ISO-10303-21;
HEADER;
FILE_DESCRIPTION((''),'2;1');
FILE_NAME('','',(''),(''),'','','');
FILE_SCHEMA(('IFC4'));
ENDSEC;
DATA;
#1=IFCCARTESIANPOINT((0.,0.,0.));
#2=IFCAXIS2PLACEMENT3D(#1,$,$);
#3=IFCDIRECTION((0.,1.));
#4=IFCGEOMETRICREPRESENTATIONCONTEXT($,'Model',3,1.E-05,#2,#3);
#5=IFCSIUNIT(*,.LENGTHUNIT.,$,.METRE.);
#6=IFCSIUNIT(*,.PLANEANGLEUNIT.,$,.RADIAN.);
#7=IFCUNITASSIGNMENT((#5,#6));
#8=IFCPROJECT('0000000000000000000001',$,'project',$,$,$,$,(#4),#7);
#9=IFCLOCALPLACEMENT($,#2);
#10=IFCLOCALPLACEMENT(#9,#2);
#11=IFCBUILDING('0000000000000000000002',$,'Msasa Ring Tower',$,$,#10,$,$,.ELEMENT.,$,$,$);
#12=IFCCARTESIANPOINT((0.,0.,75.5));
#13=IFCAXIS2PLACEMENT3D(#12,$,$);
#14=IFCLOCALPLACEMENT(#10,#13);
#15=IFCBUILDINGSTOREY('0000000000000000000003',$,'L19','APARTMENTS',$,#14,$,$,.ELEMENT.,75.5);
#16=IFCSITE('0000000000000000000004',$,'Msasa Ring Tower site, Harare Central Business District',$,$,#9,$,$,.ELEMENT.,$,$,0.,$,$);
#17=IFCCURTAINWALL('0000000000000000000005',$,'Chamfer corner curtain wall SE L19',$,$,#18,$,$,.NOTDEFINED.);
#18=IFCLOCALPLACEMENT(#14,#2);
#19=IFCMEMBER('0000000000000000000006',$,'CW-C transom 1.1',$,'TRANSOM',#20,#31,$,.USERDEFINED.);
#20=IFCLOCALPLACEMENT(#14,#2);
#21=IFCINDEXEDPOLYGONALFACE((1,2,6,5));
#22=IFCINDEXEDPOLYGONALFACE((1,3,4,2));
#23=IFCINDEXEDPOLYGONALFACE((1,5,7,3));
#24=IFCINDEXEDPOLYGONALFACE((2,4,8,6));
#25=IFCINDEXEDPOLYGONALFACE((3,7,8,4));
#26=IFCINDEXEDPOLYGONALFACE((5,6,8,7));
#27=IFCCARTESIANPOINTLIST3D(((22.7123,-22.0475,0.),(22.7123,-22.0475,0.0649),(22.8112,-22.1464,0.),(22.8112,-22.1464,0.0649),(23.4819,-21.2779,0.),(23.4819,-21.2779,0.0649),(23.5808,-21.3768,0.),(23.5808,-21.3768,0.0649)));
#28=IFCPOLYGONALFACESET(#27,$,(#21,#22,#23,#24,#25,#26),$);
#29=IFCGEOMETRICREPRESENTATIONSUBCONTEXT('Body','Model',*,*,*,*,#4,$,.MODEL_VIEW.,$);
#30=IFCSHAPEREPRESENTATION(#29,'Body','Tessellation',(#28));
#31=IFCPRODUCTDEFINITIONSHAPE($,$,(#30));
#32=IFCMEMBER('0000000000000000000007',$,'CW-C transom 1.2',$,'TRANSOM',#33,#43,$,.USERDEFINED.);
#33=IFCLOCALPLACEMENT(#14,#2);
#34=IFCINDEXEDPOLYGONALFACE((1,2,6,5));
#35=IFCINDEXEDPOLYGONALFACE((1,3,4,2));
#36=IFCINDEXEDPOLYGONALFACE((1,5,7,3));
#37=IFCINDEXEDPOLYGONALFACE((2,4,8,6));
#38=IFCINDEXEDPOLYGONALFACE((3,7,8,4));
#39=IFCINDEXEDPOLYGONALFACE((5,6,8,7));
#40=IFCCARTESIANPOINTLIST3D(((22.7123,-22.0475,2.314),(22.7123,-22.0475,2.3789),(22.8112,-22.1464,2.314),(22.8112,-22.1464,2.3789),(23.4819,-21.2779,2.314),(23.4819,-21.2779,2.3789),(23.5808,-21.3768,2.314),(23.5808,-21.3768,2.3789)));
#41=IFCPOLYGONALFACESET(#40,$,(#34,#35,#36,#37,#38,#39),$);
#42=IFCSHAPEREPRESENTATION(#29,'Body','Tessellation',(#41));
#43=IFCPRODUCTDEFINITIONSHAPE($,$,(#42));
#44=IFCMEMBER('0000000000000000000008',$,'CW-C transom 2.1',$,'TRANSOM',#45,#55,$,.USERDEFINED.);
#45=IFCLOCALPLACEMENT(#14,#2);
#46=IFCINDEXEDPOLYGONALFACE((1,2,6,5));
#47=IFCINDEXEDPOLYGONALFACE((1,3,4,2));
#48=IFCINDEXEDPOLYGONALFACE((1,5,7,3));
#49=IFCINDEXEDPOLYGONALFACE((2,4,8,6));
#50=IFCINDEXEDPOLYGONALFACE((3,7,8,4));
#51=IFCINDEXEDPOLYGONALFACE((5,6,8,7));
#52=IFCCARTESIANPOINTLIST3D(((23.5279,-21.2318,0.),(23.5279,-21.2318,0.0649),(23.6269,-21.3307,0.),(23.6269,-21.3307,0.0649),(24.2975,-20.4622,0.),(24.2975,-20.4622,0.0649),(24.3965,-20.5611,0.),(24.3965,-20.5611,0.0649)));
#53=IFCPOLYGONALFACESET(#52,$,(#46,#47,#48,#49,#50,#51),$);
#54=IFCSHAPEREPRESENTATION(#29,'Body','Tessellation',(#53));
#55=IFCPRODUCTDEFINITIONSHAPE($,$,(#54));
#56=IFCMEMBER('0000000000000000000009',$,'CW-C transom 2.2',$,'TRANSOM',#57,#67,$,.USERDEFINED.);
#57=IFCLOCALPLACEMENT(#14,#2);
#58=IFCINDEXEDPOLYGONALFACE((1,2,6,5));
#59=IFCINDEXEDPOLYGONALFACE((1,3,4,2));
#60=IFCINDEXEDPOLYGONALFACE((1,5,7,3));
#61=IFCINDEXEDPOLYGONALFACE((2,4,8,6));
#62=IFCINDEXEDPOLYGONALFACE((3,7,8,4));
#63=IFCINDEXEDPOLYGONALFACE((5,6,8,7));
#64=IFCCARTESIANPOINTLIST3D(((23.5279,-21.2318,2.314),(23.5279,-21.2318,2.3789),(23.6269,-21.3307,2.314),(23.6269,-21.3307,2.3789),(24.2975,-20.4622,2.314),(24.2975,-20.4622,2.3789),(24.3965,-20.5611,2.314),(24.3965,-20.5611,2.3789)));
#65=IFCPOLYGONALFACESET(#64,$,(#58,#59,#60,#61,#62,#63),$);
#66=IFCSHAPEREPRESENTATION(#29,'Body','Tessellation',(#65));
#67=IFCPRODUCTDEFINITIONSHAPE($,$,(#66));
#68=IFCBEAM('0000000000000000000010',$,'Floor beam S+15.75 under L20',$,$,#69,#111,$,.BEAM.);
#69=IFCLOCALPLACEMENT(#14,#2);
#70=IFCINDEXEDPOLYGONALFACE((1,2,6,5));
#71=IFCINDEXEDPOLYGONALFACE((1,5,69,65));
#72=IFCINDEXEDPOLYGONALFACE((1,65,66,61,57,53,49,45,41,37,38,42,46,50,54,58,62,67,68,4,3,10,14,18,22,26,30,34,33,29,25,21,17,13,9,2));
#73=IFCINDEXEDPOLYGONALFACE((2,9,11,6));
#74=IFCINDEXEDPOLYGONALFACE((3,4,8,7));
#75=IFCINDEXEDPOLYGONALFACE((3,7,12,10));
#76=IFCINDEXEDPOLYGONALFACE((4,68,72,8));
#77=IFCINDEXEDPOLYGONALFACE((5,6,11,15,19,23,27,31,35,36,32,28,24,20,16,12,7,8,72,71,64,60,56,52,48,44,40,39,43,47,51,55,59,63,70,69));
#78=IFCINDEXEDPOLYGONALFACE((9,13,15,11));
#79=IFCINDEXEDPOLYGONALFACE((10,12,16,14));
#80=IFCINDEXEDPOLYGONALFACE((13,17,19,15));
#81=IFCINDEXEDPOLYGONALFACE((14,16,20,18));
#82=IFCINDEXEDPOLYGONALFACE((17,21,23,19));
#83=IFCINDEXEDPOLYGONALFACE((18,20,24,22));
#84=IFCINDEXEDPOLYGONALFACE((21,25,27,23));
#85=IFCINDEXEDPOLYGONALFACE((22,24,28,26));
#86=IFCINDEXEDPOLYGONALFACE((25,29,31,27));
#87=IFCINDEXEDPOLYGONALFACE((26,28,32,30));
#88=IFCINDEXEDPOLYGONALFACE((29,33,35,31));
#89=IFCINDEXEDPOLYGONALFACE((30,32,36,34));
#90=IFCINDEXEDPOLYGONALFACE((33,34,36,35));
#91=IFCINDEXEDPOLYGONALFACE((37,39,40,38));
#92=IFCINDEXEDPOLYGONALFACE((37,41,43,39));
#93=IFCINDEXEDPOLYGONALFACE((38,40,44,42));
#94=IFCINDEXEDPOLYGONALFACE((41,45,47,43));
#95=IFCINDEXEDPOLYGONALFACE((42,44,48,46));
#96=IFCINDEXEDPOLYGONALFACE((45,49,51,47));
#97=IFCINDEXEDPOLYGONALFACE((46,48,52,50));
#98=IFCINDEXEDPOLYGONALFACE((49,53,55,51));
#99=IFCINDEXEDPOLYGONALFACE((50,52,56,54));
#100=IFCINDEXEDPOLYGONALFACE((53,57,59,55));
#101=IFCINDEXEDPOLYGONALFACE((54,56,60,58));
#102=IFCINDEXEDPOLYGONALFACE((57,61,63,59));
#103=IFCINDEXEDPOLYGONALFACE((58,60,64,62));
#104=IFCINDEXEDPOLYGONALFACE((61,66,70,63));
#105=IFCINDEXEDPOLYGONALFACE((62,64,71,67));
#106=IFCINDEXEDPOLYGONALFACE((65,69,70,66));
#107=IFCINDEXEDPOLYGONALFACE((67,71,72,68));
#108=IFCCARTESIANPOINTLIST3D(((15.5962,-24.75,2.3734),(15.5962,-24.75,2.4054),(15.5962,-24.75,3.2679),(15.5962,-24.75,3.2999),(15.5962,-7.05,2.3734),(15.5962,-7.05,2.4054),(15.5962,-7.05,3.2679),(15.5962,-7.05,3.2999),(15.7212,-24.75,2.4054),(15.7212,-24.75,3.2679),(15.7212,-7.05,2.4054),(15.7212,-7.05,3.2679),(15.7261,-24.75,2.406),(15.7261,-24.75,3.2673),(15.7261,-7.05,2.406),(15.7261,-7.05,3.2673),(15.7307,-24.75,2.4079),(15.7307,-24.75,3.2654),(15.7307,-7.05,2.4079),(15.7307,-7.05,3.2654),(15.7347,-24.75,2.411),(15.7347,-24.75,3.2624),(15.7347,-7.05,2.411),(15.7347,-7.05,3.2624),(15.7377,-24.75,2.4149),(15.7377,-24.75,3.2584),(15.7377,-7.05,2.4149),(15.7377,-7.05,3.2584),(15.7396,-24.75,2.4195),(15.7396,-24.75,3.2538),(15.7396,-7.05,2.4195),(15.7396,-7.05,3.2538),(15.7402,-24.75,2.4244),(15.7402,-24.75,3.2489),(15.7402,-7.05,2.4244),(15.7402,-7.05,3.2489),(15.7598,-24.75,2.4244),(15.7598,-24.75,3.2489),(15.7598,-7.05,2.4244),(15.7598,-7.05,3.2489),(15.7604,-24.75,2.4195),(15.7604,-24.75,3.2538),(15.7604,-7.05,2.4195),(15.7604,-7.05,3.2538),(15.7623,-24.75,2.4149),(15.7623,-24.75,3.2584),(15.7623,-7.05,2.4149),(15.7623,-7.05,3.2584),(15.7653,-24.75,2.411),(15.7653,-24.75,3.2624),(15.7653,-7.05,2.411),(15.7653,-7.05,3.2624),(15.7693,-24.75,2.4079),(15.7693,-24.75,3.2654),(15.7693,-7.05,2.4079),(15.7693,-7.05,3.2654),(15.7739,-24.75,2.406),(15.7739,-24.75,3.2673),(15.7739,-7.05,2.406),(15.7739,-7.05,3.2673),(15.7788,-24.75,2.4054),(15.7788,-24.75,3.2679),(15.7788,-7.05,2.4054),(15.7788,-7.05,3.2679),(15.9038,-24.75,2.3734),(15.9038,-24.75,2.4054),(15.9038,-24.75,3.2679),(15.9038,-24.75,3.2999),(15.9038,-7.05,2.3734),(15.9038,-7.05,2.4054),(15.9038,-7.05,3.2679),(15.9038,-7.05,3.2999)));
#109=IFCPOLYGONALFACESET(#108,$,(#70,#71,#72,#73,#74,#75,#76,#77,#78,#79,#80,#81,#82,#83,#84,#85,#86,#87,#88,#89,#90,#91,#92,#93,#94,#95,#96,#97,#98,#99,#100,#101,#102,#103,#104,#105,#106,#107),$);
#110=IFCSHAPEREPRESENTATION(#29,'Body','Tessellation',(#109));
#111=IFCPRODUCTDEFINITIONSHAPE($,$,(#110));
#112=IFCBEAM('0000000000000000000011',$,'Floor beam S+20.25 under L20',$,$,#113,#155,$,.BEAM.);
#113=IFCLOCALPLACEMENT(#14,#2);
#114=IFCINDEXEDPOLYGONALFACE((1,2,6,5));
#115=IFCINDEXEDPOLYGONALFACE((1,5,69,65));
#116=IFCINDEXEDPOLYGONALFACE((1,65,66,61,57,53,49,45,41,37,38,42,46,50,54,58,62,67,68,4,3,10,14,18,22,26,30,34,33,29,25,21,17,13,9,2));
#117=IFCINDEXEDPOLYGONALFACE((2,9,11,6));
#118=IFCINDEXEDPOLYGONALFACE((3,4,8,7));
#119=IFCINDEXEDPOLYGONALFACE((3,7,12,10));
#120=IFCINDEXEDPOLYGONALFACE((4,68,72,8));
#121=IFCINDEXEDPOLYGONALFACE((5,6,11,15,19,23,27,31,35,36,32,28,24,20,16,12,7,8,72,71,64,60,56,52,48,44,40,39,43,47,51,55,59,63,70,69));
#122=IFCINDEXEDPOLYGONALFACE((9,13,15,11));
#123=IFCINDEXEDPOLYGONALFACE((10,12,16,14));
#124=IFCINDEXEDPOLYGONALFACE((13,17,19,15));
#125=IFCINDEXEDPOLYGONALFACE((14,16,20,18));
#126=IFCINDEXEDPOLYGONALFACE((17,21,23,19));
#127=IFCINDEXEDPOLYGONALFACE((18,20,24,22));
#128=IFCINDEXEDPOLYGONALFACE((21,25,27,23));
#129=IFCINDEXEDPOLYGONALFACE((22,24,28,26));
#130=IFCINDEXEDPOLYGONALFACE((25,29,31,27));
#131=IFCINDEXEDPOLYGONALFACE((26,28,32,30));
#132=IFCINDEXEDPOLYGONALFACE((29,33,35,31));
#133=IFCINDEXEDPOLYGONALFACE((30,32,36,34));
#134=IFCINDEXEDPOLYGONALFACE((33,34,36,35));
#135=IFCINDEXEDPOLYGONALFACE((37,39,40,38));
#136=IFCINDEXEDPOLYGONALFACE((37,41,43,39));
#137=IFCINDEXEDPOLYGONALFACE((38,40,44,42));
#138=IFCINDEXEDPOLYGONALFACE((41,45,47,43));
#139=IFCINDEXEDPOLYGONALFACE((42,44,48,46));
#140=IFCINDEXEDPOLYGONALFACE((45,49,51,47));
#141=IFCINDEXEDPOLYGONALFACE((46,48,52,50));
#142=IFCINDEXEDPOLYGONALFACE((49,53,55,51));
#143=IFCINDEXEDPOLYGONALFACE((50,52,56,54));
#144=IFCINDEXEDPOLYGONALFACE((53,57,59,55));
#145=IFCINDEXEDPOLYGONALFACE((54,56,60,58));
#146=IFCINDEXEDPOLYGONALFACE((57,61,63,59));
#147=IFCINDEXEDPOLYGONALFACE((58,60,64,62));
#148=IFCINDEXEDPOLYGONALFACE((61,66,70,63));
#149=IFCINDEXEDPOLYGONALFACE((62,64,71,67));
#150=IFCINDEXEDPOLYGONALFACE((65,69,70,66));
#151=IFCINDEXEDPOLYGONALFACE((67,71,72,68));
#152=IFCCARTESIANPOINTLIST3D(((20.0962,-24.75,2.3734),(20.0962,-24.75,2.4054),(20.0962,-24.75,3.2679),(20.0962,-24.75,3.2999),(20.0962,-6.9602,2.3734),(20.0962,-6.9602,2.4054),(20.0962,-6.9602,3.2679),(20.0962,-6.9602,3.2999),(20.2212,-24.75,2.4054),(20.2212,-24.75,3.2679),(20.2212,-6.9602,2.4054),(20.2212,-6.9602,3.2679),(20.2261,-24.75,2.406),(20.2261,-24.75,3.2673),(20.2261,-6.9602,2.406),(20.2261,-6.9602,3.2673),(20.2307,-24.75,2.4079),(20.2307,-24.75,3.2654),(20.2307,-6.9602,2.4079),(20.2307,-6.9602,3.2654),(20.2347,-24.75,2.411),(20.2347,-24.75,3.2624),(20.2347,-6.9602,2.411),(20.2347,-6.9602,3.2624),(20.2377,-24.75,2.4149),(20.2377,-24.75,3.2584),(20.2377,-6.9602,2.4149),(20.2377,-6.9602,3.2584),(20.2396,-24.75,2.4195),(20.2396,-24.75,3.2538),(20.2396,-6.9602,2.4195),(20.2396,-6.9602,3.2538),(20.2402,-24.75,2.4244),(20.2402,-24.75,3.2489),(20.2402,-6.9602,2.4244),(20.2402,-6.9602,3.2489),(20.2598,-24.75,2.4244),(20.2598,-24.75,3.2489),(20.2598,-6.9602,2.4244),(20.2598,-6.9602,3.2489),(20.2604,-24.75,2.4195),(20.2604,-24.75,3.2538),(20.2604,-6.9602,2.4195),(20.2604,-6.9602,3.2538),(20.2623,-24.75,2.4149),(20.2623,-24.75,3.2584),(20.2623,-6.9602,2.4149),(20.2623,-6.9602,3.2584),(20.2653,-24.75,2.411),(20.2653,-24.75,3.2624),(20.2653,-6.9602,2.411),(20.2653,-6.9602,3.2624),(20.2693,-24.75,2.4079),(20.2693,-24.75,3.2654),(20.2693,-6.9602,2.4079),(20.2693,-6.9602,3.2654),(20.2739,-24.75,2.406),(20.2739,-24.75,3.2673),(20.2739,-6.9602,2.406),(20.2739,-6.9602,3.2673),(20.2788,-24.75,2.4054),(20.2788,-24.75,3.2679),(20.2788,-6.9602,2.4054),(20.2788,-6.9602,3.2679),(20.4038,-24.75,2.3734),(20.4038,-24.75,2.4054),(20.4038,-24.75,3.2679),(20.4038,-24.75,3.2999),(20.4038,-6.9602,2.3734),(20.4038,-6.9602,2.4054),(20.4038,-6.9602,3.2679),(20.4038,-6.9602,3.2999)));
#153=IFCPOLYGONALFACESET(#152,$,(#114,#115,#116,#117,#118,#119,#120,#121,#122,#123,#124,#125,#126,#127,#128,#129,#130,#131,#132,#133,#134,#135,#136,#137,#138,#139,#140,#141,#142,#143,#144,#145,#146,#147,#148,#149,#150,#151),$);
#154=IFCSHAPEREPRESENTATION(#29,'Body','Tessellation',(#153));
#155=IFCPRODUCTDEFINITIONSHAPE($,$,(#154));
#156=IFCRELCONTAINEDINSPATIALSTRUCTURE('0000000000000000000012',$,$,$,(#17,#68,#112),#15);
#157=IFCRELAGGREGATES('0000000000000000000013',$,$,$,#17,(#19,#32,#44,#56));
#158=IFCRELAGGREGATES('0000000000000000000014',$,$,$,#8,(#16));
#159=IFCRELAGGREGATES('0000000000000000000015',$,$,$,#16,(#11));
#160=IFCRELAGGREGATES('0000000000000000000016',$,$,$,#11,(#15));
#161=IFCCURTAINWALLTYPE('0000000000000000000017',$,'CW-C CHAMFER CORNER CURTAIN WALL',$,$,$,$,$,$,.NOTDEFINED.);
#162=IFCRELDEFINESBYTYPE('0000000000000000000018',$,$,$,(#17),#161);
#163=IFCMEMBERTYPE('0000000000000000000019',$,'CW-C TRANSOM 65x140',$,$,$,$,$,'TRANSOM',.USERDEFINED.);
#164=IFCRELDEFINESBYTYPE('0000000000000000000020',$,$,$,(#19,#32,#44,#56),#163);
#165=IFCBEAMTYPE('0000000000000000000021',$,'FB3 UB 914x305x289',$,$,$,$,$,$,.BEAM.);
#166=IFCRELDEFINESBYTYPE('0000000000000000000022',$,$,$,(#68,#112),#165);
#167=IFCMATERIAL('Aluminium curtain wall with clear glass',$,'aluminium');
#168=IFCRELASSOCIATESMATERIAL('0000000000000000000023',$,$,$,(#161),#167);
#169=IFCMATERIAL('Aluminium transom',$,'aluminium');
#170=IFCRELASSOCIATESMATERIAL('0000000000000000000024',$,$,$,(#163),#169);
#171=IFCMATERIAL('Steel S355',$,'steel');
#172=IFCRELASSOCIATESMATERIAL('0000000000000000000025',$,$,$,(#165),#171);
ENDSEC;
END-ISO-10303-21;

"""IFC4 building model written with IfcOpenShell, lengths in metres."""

from ifc_helpers import new_model, si_unit, direction, frame, origin, origin_2d, place, context, subcontext, project, spatial, rectangle, i_section, extrude, material, material_profile, profile_set, type_object, element, aggregate, save


model = new_model("IFC4")

# Units and contexts
model_context = context("Model", 3, precision=1e-05, world=origin(), true_north=direction((0.0, 1.0)))
body_context = subcontext(model_context, "Body", "Model", "MODEL_VIEW")
ifc_project = project(units=[si_unit("LENGTHUNIT", "METRE"), si_unit("PLANEANGLEUNIT", "RADIAN")], contexts=[model_context])

# Site, building, storey
site_placement = place(None, origin())
site = spatial("IfcSite", under=ifc_project, at=site_placement, Name="Msasa Ring Tower site, Harare Central Business District", CompositionType="ELEMENT", RefElevation=0.0)
building_placement = place(site_placement, origin())
building = spatial("IfcBuilding", under=site, at=building_placement, Name="Msasa Ring Tower", CompositionType="ELEMENT")
storey_placement = place(building_placement, frame((0.0, 0.0, 75.5)))
storey = spatial("IfcBuildingStorey", under=building, at=storey_placement, Name="L19", Description="APARTMENTS", CompositionType="ELEMENT", Elevation=75.5)

# Curtain wall
ifc_material_1 = material(Name="Aluminium curtain wall with clear glass", Category="aluminium")
curtain_wall_type = type_object("IfcCurtainWallType", Name="CW-C CHAMFER CORNER CURTAIN WALL", PredefinedType="NOTDEFINED", material=ifc_material_1)
curtain_wall_1_placement = place(storey_placement, origin())
curtain_wall_1 = element("IfcCurtainWall", 1, at=curtain_wall_1_placement, inside=storey, type_object=curtain_wall_type, Name="Chamfer corner curtain wall SE L19", PredefinedType="NOTDEFINED")

# Members
ifc_material_2 = material(Name="Aluminium transom", Category="aluminium")
ifc_material_profile_1 = material_profile(ifc_material_2, rectangle(XDim=0.1399, YDim=0.0649, at=origin_2d()), Name="AL 65x140")
ifc_profile_set_1 = profile_set([ifc_material_profile_1], Name="Aluminium transom")
member_type_1 = type_object("IfcMemberType", Name="CW-C TRANSOM 65x140", ElementType="TRANSOM", PredefinedType="USERDEFINED", material=ifc_profile_set_1)
member_1_placement = place(storey_placement, frame((22.7617, -22.0969, 0.0325), z_axis=(0.707107, 0.707107, 0.0), x_axis=(-0.707107, 0.707107, 0.0)))
member_1 = element("IfcMember", 2, at=member_1_placement, type_object=member_type_1, Name="CW-C transom 1.1", ObjectType="TRANSOM", PredefinedType="USERDEFINED", context=body_context, shape_type="SweptSolid", body=[
    extrude(rectangle(XDim=0.1399, YDim=0.0649, at=origin_2d()), origin(), (0.0, 0.0, 1.0), 1.0884),
])
member_2_placement = place(storey_placement, frame((22.7617, -22.0969, 2.3464), z_axis=(0.707107, 0.707107, 0.0), x_axis=(-0.707107, 0.707107, 0.0)))
member_2 = element("IfcMember", 3, at=member_2_placement, type_object=member_type_1, Name="CW-C transom 1.2", ObjectType="TRANSOM", PredefinedType="USERDEFINED", context=body_context, shape_type="SweptSolid", body=[
    extrude(rectangle(XDim=0.1399, YDim=0.0649, at=origin_2d()), origin(), (0.0, 0.0, 1.0), 1.0884),
])
member_3_placement = place(storey_placement, frame((23.5774, -21.2812, 0.0325), z_axis=(0.707107, 0.707107, 0.0), x_axis=(-0.707107, 0.707107, 0.0)))
member_3 = element("IfcMember", 4, at=member_3_placement, type_object=member_type_1, Name="CW-C transom 2.1", ObjectType="TRANSOM", PredefinedType="USERDEFINED", context=body_context, shape_type="SweptSolid", body=[
    extrude(rectangle(XDim=0.1399, YDim=0.0649, at=origin_2d()), origin(), (0.0, 0.0, 1.0), 1.0884),
])
member_4_placement = place(storey_placement, frame((23.5774, -21.2812, 2.3464), z_axis=(0.707107, 0.707107, 0.0), x_axis=(-0.707107, 0.707107, 0.0)))
member_4 = element("IfcMember", 5, at=member_4_placement, type_object=member_type_1, Name="CW-C transom 2.2", ObjectType="TRANSOM", PredefinedType="USERDEFINED", context=body_context, shape_type="SweptSolid", body=[
    extrude(rectangle(XDim=0.1399, YDim=0.0649, at=origin_2d()), origin(), (0.0, 0.0, 1.0), 1.0884),
])

# Beams
ifc_material_3 = material(Name="Steel S355", Category="steel")
ifc_material_profile_2 = material_profile(ifc_material_3, i_section(OverallWidth=0.3076, OverallDepth=0.9265, WebThickness=0.0195, FlangeThickness=0.032, FilletRadius=0.019, at=origin_2d()), Name="UB 914x305x289")
ifc_profile_set_2 = profile_set([ifc_material_profile_2], Name="Steel S355")
beam_type_1 = type_object("IfcBeamType", Name="FB3 UB 914x305x289", PredefinedType="BEAM", material=ifc_profile_set_2)
beam_1_placement = place(storey_placement, frame((15.75, -24.75, 2.8367), z_axis=(0.0, 1.0, 0.0), x_axis=(-1.0, 0.0, 0.0)))
element("IfcBeam", 6, at=beam_1_placement, inside=storey, type_object=beam_type_1, Name="Floor beam S+15.75 under L20", PredefinedType="BEAM", context=body_context, shape_type="SweptSolid", body=[
    extrude(i_section(OverallWidth=0.3076, OverallDepth=0.9265, WebThickness=0.0195, FlangeThickness=0.032, FilletRadius=0.019, at=origin_2d()), origin(), (0.0, 0.0, 1.0), 17.7),
])
beam_2_placement = place(storey_placement, frame((20.25, -24.75, 2.8367), z_axis=(0.0, 1.0, 0.0), x_axis=(-1.0, 0.0, 0.0)))
element("IfcBeam", 7, at=beam_2_placement, inside=storey, type_object=beam_type_1, Name="Floor beam S+20.25 under L20", PredefinedType="BEAM", context=body_context, shape_type="SweptSolid", body=[
    extrude(i_section(OverallWidth=0.3076, OverallDepth=0.9265, WebThickness=0.0195, FlangeThickness=0.032, FilletRadius=0.019, at=origin_2d()), origin(), (0.0, 0.0, 1.0), 17.7898),
])

aggregate(curtain_wall_1, [member_1, member_2, member_3, member_4])

save(model, "model.ifc")
